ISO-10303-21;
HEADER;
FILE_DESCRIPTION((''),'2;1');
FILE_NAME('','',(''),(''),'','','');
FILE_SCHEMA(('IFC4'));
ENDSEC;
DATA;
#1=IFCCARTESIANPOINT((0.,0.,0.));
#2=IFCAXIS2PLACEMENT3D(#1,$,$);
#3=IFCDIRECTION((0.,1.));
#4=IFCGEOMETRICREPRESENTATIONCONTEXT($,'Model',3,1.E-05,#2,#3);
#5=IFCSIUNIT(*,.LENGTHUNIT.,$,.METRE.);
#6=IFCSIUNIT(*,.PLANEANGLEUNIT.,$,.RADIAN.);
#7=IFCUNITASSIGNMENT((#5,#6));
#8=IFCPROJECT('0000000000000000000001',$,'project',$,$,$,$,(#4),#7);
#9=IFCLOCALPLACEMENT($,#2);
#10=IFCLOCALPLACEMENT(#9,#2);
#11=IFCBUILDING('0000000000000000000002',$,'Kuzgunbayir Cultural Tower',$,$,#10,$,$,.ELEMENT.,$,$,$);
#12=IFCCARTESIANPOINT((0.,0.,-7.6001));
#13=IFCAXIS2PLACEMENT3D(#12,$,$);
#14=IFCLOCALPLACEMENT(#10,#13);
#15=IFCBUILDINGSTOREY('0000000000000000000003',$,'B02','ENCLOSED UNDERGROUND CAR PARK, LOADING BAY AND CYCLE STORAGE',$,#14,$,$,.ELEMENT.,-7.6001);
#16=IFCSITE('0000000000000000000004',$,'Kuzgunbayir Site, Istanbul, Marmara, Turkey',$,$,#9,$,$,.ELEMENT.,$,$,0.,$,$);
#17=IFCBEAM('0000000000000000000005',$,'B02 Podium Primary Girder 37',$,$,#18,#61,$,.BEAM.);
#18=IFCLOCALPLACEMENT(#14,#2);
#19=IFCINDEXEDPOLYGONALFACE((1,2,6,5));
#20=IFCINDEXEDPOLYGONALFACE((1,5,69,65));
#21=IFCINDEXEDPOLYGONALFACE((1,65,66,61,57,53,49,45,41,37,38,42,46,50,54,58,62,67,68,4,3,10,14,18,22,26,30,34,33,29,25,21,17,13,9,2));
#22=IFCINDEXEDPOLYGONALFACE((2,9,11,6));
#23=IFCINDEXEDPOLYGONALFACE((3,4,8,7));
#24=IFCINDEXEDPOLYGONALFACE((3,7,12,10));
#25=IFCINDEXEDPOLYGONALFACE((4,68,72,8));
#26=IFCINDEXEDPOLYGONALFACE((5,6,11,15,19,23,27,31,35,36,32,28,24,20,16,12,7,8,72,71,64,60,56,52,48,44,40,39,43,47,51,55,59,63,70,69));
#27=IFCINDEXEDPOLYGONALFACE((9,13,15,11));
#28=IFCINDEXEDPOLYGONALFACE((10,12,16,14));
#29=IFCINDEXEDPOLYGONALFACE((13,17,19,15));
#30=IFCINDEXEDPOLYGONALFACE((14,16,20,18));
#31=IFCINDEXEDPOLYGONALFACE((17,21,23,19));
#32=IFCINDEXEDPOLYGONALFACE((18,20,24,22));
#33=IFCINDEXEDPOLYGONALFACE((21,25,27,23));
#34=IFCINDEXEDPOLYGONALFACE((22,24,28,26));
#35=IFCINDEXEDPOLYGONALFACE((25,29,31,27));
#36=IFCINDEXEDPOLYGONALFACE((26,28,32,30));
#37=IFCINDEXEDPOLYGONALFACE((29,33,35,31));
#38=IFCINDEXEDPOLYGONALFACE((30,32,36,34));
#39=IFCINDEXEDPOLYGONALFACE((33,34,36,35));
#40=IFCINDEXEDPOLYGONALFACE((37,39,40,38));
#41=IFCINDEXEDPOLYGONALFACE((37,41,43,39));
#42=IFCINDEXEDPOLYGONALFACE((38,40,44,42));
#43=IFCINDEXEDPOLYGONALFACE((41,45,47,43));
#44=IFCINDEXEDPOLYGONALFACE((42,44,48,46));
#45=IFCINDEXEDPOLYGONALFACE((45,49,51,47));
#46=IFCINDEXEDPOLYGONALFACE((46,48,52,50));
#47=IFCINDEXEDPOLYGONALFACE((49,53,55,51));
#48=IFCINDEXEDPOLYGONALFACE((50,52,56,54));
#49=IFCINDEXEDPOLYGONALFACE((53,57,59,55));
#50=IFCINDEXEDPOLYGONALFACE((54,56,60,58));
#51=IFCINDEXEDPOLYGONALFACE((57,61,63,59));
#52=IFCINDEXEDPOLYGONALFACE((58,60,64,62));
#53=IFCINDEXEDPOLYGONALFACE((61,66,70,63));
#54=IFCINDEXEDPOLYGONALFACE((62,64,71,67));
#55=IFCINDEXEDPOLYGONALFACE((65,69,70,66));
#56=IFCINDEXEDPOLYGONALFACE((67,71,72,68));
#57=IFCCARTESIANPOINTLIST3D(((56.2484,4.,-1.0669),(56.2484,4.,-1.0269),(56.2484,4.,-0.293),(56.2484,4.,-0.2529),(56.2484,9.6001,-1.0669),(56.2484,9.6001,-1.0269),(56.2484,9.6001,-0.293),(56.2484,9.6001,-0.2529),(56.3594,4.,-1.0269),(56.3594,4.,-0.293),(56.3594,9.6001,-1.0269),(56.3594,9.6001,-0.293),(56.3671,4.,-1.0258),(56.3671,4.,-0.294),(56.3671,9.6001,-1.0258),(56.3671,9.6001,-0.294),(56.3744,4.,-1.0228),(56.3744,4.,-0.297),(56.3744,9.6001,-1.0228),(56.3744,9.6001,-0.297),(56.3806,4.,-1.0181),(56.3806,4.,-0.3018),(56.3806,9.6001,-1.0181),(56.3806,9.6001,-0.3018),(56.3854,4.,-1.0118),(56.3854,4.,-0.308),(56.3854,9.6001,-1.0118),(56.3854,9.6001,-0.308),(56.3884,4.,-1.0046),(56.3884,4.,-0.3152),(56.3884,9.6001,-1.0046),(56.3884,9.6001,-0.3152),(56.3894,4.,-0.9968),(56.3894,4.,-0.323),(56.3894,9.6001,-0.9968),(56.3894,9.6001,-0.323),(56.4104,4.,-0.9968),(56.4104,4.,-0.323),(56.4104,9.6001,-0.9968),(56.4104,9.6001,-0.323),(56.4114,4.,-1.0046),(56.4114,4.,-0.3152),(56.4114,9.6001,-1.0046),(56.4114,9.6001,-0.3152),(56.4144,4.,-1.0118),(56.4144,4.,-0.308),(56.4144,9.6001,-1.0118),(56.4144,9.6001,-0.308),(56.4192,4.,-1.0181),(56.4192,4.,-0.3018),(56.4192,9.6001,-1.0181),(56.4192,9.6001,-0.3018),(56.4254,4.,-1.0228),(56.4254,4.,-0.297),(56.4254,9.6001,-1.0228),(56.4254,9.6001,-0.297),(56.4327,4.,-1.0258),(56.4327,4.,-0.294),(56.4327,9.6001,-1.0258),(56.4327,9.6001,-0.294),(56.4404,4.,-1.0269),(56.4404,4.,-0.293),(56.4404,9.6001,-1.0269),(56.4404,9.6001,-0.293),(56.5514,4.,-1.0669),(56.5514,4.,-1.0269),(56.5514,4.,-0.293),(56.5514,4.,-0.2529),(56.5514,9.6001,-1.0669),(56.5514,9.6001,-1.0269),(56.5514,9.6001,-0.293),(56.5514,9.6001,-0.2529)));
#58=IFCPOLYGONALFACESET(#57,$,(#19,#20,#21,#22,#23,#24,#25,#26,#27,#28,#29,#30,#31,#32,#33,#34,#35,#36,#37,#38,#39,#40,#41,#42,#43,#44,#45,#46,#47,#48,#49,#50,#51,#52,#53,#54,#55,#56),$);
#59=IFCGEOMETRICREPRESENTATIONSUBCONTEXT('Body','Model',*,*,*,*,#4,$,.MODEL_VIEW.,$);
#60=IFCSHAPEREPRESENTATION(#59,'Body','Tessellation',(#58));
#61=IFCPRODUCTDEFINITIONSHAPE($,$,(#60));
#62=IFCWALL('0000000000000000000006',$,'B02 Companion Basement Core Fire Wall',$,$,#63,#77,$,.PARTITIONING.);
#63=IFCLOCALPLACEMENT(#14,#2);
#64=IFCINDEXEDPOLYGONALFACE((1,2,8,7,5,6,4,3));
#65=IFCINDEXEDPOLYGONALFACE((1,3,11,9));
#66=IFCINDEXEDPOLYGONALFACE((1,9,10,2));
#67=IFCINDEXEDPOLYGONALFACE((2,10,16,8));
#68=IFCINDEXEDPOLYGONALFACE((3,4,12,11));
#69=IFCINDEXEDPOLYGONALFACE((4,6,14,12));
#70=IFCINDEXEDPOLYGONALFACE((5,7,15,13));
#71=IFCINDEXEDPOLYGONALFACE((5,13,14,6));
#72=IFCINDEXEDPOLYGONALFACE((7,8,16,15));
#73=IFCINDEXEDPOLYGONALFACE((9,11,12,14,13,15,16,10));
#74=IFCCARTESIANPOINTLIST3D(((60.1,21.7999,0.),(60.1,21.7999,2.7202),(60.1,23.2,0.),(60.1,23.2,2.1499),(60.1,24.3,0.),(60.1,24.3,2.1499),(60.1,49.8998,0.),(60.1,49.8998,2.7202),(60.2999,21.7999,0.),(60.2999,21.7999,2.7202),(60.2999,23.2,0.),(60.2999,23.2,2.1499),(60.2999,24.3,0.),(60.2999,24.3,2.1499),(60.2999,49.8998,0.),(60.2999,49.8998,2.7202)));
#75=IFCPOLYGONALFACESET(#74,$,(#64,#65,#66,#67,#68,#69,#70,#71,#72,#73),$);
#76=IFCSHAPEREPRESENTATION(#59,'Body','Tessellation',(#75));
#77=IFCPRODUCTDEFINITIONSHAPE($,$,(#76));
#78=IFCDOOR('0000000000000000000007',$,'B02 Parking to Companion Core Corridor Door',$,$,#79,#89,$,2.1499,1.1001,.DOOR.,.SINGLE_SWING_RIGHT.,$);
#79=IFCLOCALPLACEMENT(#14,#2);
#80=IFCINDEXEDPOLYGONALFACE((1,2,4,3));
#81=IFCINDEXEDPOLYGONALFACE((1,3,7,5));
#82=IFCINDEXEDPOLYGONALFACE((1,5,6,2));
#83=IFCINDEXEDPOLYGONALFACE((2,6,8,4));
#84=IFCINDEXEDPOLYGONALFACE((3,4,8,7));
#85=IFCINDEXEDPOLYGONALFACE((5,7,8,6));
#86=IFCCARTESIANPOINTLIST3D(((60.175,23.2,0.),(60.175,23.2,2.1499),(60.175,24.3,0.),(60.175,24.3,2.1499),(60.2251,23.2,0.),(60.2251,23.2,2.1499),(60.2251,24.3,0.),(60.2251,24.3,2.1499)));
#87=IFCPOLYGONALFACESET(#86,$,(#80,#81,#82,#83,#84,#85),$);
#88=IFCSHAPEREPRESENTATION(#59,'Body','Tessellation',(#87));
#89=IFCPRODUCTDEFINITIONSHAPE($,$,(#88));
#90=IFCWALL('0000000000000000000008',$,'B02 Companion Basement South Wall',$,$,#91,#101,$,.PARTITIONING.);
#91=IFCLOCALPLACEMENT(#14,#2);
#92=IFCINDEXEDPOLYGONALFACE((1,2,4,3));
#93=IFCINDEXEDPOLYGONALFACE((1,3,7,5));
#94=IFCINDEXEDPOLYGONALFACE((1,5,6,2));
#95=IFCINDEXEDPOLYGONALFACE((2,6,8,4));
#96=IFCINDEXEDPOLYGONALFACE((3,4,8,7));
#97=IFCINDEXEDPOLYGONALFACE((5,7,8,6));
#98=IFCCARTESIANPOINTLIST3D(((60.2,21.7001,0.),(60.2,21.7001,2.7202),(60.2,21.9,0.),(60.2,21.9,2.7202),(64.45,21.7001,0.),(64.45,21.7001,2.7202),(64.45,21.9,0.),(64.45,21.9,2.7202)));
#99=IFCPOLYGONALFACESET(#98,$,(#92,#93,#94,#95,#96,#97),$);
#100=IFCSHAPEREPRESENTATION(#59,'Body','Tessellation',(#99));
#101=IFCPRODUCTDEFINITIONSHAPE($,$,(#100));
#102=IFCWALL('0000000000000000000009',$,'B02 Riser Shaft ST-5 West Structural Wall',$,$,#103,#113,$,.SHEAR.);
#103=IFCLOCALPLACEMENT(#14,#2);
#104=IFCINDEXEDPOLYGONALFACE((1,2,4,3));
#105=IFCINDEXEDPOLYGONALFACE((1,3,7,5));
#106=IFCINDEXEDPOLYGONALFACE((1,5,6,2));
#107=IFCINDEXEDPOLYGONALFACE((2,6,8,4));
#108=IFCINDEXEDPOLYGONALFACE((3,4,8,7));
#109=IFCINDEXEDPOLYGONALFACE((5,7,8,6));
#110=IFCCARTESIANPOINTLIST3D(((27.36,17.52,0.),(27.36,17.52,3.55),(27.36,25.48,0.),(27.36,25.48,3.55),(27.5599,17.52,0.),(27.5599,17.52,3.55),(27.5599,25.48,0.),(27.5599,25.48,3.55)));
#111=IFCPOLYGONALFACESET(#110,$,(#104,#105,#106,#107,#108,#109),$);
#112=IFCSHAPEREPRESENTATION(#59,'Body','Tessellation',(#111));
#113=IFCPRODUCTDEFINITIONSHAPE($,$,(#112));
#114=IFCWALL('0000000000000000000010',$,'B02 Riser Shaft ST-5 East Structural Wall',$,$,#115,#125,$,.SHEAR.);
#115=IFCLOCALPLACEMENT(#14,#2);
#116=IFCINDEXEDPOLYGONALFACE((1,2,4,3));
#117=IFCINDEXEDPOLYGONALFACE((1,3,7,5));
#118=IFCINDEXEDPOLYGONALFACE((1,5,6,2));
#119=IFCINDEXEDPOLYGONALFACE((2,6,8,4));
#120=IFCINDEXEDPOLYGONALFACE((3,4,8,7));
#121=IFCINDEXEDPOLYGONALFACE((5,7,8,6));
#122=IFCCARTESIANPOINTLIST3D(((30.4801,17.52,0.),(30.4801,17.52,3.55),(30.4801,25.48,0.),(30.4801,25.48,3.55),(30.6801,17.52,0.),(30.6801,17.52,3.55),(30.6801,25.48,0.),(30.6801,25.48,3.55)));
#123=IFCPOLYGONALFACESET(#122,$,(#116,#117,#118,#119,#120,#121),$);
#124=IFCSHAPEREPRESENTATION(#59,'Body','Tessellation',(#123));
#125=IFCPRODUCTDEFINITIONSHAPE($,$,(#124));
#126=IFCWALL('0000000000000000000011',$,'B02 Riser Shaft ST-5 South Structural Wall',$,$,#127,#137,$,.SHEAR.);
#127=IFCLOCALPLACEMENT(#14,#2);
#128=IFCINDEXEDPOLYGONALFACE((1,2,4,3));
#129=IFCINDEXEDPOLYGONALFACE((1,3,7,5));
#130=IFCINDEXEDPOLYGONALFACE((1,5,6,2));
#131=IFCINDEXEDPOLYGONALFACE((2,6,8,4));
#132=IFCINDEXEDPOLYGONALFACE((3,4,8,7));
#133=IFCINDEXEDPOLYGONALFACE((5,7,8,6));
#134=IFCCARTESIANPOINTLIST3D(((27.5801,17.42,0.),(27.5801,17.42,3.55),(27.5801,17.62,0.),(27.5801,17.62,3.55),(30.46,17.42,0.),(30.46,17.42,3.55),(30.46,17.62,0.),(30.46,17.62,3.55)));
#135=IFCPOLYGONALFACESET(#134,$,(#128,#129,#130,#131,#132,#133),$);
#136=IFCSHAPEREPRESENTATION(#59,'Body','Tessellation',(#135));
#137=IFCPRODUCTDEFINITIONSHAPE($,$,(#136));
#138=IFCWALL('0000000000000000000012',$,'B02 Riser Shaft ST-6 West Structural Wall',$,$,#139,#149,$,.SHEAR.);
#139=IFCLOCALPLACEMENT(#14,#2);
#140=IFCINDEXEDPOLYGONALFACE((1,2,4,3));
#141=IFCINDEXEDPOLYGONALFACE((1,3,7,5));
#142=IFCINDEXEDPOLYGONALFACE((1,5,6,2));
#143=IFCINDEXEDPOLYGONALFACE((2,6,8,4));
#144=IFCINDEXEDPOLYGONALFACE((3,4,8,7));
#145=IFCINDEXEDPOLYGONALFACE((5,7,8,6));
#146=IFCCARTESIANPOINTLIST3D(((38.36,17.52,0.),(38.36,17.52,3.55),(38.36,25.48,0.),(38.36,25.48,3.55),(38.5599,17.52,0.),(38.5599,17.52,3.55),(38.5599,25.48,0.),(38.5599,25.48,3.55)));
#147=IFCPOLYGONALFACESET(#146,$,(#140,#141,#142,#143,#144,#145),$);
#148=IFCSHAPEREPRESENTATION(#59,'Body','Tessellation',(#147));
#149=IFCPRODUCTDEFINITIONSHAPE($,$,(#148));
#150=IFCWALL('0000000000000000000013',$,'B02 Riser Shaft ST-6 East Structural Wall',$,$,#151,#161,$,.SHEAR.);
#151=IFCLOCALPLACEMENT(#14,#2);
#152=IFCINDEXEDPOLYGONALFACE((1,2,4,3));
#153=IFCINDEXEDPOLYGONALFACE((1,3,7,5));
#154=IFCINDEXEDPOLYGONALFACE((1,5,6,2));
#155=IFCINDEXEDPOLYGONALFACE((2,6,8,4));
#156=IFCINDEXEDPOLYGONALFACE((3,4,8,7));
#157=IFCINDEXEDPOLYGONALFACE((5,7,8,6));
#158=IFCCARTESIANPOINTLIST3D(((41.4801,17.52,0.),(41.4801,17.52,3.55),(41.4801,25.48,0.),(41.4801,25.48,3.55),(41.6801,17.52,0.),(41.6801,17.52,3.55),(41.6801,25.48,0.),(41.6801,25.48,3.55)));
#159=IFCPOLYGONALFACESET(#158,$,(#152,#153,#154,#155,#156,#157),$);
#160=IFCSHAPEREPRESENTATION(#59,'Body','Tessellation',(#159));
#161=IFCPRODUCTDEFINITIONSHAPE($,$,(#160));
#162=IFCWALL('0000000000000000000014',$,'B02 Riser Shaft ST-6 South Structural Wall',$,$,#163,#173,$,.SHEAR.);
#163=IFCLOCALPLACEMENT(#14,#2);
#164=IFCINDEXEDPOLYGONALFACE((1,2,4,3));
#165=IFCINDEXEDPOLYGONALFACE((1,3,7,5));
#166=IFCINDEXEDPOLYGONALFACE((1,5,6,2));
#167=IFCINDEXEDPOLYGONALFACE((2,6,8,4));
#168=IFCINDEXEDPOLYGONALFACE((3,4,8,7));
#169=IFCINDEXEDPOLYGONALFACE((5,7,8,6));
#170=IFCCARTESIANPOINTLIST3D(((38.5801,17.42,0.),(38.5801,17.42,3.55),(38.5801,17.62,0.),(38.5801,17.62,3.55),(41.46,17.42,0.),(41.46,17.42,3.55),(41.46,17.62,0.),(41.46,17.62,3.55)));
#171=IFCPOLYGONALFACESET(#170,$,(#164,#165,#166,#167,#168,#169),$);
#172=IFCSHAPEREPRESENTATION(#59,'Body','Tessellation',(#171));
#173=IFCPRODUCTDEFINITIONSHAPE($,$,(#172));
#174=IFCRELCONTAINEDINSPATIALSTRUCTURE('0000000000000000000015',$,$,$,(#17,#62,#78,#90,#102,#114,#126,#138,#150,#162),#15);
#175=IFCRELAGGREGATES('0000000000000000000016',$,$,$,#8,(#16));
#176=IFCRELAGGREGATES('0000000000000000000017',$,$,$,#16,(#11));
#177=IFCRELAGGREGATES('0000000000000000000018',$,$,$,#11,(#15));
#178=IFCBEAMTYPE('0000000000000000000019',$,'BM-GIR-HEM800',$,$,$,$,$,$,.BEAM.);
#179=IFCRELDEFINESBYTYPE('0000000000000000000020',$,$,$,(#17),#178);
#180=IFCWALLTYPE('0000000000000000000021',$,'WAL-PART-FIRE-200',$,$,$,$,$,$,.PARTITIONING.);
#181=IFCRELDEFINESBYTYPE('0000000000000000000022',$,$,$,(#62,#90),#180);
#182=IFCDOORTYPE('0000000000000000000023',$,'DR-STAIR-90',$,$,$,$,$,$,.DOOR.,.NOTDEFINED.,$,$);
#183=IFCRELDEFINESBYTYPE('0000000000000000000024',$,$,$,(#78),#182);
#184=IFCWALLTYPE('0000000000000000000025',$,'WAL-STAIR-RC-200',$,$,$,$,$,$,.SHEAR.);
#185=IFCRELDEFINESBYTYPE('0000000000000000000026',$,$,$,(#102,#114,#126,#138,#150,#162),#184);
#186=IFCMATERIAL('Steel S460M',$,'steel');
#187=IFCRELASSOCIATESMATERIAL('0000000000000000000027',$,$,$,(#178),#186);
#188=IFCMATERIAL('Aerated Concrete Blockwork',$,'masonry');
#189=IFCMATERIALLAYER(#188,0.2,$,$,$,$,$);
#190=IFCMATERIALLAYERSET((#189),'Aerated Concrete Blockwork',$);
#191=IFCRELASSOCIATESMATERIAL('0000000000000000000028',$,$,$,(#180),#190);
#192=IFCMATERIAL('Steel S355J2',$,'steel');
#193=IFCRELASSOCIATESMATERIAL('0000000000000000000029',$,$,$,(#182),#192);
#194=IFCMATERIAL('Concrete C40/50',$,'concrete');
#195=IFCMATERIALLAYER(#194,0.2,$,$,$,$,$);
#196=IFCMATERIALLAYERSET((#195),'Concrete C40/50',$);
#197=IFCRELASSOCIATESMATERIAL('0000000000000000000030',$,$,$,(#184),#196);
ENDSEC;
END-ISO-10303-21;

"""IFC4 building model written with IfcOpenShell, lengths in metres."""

from ifc_helpers import new_model, si_unit, direction, frame, frame_2d, origin, origin_2d, place, context, subcontext, project, spatial, rectangle, i_section, extrude, material, layer, layer_set, material_profile, profile_set, type_object, element, fill, save


model = new_model("IFC4")

# Units and contexts
model_context = context("Model", 3, precision=1e-05, world=origin(), true_north=direction((0.0, 1.0)))
body_context = subcontext(model_context, "Body", "Model", "MODEL_VIEW")
ifc_project = project(units=[si_unit("LENGTHUNIT", "METRE"), si_unit("PLANEANGLEUNIT", "RADIAN")], contexts=[model_context])

# Site, building, storey
site_placement = place(None, origin())
site = spatial("IfcSite", under=ifc_project, at=site_placement, Name="Kuzgunbayir Site, Istanbul, Marmara, Turkey", CompositionType="ELEMENT", RefElevation=0.0)
building_placement = place(site_placement, origin())
building = spatial("IfcBuilding", under=site, at=building_placement, Name="Kuzgunbayir Cultural Tower", CompositionType="ELEMENT")
storey_placement = place(building_placement, frame((0.0, 0.0, -7.6001)))
storey = spatial("IfcBuildingStorey", under=building, at=storey_placement, Name="B02", Description="ENCLOSED UNDERGROUND CAR PARK, LOADING BAY AND CYCLE STORAGE", CompositionType="ELEMENT", Elevation=-7.6001)

# Beam
ifc_material_1 = material(Name="Steel S460M", Category="steel")
ifc_material_profile_1 = material_profile(ifc_material_1, i_section(OverallWidth=0.303, OverallDepth=0.814, WebThickness=0.021, FlangeThickness=0.04, FilletRadius=0.03, at=origin_2d()), Name="HEM 800")
ifc_profile_set_1 = profile_set([ifc_material_profile_1], Name="Steel S460M")
beam_type = type_object("IfcBeamType", Name="BM-GIR-HEM800", PredefinedType="BEAM", material=ifc_profile_set_1)
beam_1_placement = place(storey_placement, frame((56.3999, 4.0, -0.6599), z_axis=(0.0, 1.0, 0.0), x_axis=(-1.0, 0.0, 0.0)))
element("IfcBeam", 1, at=beam_1_placement, inside=storey, type_object=beam_type, Name="B02 Podium Primary Girder 37", PredefinedType="BEAM", context=body_context, shape_type="SweptSolid", body=[
    extrude(i_section(OverallWidth=0.303, OverallDepth=0.814, WebThickness=0.021, FlangeThickness=0.04, FilletRadius=0.03, at=origin_2d()), origin(), (0.0, 0.0, 1.0), 5.6001),
])

# Wall, opening, door
ifc_material_2 = material(Name="Aerated Concrete Blockwork", Category="masonry")
ifc_layer_1 = layer(ifc_material_2, 0.2)
ifc_layer_set_1 = layer_set([ifc_layer_1], Name="Aerated Concrete Blockwork")
wall_type_1 = type_object("IfcWallType", Name="WAL-PART-FIRE-200", PredefinedType="PARTITIONING", material=ifc_layer_set_1)
wall_1_placement = place(storey_placement, frame((60.2, 21.8, 0.0), z_axis=(0.0, 0.0, 1.0), x_axis=(0.0, 1.0, 0.0)))
wall_1 = element("IfcWall", 2, at=wall_1_placement, inside=storey, type_object=wall_type_1, Name="B02 Companion Basement Core Fire Wall", PredefinedType="PARTITIONING", context=body_context, shape_type="SweptSolid", body=[
    extrude(rectangle(XDim=28.0999, YDim=0.2, at=frame_2d((14.0498, 0.0))), origin(), (0.0, 0.0, 1.0), 2.7202),
])
opening_placement = place(wall_1_placement, frame((1.3999, 0.0, 0.0)))
opening = element("IfcOpeningElement", 3, at=opening_placement, cuts=wall_1, PredefinedType="OPENING", context=body_context, shape_type="SweptSolid", body=[
    extrude(rectangle(XDim=1.1001, YDim=2.1499, at=frame_2d((0.55, 1.075))), frame((0.0, 0.1099, 0.0), z_axis=(0.0, -1.0, 0.0), x_axis=(1.0, 0.0, 0.0)), (0.0, 0.0, 1.0), 0.22),
])
ifc_material_3 = material(Name="Steel S355J2", Category="steel")
door_type = type_object("IfcDoorType", Name="DR-STAIR-90", OperationType="NOTDEFINED", PredefinedType="DOOR", material=ifc_material_3)
door_placement = place(opening_placement, origin())
door = element("IfcDoor", 4, at=door_placement, inside=storey, type_object=door_type, Name="B02 Parking to Companion Core Corridor Door", OperationType="SINGLE_SWING_RIGHT", OverallHeight=2.1499, OverallWidth=1.1001, PredefinedType="DOOR", context=body_context, shape_type="SweptSolid", body=[
    extrude(rectangle(XDim=1.1001, YDim=2.1499, at=frame_2d((0.55, 1.075))), frame((0.0, 0.0249, 0.0), z_axis=(0.0, -1.0, 0.0), x_axis=(1.0, 0.0, 0.0)), (0.0, 0.0, 1.0), 0.05),
])
fill(opening, door)

# Walls
wall_2_placement = place(storey_placement, frame((60.2, 21.8, 0.0), z_axis=(0.0, 0.0, 1.0), x_axis=(1.0, 0.0, 0.0)))
element("IfcWall", 5, at=wall_2_placement, inside=storey, type_object=wall_type_1, Name="B02 Companion Basement South Wall", PredefinedType="PARTITIONING", context=body_context, shape_type="SweptSolid", body=[
    extrude(rectangle(XDim=4.25, YDim=0.2, at=frame_2d((2.125, 0.0))), origin(), (0.0, 0.0, 1.0), 2.7202),
])
ifc_material_4 = material(Name="Concrete C40/50", Category="concrete")
ifc_layer_2 = layer(ifc_material_4, 0.2)
ifc_layer_set_2 = layer_set([ifc_layer_2], Name="Concrete C40/50")
wall_type_2 = type_object("IfcWallType", Name="WAL-STAIR-RC-200", PredefinedType="SHEAR", material=ifc_layer_set_2)
for number, where, z_axis, x_axis, name in (
    (6, (27.46, 17.52, 0.0), (0.0, 0.0, 1.0), (0.0, 1.0, 0.0), "B02 Riser Shaft ST-5 West Structural Wall"),
    (7, (30.5801, 17.52, 0.0), (0.0, 0.0, 1.0), (0.0, 1.0, 0.0), "B02 Riser Shaft ST-5 East Structural Wall"),
):
    element("IfcWall", number, at=place(storey_placement, frame(where, z_axis=z_axis, x_axis=x_axis)), inside=storey, type_object=wall_type_2, Name=name, PredefinedType="SHEAR", context=body_context, shape_type="SweptSolid", body=[
        extrude(rectangle(XDim=7.96, YDim=0.2, at=frame_2d((3.98, 0.0))), origin(), (0.0, 0.0, 1.0), 3.55),
    ])
wall_3_placement = place(storey_placement, frame((27.5801, 17.52, 0.0), z_axis=(0.0, 0.0, 1.0), x_axis=(1.0, 0.0, 0.0)))
element("IfcWall", 8, at=wall_3_placement, inside=storey, type_object=wall_type_2, Name="B02 Riser Shaft ST-5 South Structural Wall", PredefinedType="SHEAR", context=body_context, shape_type="SweptSolid", body=[
    extrude(rectangle(XDim=2.8799, YDim=0.2, at=frame_2d((1.4399, 0.0))), origin(), (0.0, 0.0, 1.0), 3.55),
])
for number, where, z_axis, x_axis, name in (
    (9, (38.46, 17.52, 0.0), (0.0, 0.0, 1.0), (0.0, 1.0, 0.0), "B02 Riser Shaft ST-6 West Structural Wall"),
    (10, (41.5801, 17.52, 0.0), (0.0, 0.0, 1.0), (0.0, 1.0, 0.0), "B02 Riser Shaft ST-6 East Structural Wall"),
):
    element("IfcWall", number, at=place(storey_placement, frame(where, z_axis=z_axis, x_axis=x_axis)), inside=storey, type_object=wall_type_2, Name=name, PredefinedType="SHEAR", context=body_context, shape_type="SweptSolid", body=[
        extrude(rectangle(XDim=7.96, YDim=0.2, at=frame_2d((3.98, 0.0))), origin(), (0.0, 0.0, 1.0), 3.55),
    ])
wall_4_placement = place(storey_placement, frame((38.5801, 17.52, 0.0), z_axis=(0.0, 0.0, 1.0), x_axis=(1.0, 0.0, 0.0)))
element("IfcWall", 11, at=wall_4_placement, inside=storey, type_object=wall_type_2, Name="B02 Riser Shaft ST-6 South Structural Wall", PredefinedType="SHEAR", context=body_context, shape_type="SweptSolid", body=[
    extrude(rectangle(XDim=2.8799, YDim=0.2, at=frame_2d((1.4399, 0.0))), origin(), (0.0, 0.0, 1.0), 3.55),
])

save(model, "model.ifc")
